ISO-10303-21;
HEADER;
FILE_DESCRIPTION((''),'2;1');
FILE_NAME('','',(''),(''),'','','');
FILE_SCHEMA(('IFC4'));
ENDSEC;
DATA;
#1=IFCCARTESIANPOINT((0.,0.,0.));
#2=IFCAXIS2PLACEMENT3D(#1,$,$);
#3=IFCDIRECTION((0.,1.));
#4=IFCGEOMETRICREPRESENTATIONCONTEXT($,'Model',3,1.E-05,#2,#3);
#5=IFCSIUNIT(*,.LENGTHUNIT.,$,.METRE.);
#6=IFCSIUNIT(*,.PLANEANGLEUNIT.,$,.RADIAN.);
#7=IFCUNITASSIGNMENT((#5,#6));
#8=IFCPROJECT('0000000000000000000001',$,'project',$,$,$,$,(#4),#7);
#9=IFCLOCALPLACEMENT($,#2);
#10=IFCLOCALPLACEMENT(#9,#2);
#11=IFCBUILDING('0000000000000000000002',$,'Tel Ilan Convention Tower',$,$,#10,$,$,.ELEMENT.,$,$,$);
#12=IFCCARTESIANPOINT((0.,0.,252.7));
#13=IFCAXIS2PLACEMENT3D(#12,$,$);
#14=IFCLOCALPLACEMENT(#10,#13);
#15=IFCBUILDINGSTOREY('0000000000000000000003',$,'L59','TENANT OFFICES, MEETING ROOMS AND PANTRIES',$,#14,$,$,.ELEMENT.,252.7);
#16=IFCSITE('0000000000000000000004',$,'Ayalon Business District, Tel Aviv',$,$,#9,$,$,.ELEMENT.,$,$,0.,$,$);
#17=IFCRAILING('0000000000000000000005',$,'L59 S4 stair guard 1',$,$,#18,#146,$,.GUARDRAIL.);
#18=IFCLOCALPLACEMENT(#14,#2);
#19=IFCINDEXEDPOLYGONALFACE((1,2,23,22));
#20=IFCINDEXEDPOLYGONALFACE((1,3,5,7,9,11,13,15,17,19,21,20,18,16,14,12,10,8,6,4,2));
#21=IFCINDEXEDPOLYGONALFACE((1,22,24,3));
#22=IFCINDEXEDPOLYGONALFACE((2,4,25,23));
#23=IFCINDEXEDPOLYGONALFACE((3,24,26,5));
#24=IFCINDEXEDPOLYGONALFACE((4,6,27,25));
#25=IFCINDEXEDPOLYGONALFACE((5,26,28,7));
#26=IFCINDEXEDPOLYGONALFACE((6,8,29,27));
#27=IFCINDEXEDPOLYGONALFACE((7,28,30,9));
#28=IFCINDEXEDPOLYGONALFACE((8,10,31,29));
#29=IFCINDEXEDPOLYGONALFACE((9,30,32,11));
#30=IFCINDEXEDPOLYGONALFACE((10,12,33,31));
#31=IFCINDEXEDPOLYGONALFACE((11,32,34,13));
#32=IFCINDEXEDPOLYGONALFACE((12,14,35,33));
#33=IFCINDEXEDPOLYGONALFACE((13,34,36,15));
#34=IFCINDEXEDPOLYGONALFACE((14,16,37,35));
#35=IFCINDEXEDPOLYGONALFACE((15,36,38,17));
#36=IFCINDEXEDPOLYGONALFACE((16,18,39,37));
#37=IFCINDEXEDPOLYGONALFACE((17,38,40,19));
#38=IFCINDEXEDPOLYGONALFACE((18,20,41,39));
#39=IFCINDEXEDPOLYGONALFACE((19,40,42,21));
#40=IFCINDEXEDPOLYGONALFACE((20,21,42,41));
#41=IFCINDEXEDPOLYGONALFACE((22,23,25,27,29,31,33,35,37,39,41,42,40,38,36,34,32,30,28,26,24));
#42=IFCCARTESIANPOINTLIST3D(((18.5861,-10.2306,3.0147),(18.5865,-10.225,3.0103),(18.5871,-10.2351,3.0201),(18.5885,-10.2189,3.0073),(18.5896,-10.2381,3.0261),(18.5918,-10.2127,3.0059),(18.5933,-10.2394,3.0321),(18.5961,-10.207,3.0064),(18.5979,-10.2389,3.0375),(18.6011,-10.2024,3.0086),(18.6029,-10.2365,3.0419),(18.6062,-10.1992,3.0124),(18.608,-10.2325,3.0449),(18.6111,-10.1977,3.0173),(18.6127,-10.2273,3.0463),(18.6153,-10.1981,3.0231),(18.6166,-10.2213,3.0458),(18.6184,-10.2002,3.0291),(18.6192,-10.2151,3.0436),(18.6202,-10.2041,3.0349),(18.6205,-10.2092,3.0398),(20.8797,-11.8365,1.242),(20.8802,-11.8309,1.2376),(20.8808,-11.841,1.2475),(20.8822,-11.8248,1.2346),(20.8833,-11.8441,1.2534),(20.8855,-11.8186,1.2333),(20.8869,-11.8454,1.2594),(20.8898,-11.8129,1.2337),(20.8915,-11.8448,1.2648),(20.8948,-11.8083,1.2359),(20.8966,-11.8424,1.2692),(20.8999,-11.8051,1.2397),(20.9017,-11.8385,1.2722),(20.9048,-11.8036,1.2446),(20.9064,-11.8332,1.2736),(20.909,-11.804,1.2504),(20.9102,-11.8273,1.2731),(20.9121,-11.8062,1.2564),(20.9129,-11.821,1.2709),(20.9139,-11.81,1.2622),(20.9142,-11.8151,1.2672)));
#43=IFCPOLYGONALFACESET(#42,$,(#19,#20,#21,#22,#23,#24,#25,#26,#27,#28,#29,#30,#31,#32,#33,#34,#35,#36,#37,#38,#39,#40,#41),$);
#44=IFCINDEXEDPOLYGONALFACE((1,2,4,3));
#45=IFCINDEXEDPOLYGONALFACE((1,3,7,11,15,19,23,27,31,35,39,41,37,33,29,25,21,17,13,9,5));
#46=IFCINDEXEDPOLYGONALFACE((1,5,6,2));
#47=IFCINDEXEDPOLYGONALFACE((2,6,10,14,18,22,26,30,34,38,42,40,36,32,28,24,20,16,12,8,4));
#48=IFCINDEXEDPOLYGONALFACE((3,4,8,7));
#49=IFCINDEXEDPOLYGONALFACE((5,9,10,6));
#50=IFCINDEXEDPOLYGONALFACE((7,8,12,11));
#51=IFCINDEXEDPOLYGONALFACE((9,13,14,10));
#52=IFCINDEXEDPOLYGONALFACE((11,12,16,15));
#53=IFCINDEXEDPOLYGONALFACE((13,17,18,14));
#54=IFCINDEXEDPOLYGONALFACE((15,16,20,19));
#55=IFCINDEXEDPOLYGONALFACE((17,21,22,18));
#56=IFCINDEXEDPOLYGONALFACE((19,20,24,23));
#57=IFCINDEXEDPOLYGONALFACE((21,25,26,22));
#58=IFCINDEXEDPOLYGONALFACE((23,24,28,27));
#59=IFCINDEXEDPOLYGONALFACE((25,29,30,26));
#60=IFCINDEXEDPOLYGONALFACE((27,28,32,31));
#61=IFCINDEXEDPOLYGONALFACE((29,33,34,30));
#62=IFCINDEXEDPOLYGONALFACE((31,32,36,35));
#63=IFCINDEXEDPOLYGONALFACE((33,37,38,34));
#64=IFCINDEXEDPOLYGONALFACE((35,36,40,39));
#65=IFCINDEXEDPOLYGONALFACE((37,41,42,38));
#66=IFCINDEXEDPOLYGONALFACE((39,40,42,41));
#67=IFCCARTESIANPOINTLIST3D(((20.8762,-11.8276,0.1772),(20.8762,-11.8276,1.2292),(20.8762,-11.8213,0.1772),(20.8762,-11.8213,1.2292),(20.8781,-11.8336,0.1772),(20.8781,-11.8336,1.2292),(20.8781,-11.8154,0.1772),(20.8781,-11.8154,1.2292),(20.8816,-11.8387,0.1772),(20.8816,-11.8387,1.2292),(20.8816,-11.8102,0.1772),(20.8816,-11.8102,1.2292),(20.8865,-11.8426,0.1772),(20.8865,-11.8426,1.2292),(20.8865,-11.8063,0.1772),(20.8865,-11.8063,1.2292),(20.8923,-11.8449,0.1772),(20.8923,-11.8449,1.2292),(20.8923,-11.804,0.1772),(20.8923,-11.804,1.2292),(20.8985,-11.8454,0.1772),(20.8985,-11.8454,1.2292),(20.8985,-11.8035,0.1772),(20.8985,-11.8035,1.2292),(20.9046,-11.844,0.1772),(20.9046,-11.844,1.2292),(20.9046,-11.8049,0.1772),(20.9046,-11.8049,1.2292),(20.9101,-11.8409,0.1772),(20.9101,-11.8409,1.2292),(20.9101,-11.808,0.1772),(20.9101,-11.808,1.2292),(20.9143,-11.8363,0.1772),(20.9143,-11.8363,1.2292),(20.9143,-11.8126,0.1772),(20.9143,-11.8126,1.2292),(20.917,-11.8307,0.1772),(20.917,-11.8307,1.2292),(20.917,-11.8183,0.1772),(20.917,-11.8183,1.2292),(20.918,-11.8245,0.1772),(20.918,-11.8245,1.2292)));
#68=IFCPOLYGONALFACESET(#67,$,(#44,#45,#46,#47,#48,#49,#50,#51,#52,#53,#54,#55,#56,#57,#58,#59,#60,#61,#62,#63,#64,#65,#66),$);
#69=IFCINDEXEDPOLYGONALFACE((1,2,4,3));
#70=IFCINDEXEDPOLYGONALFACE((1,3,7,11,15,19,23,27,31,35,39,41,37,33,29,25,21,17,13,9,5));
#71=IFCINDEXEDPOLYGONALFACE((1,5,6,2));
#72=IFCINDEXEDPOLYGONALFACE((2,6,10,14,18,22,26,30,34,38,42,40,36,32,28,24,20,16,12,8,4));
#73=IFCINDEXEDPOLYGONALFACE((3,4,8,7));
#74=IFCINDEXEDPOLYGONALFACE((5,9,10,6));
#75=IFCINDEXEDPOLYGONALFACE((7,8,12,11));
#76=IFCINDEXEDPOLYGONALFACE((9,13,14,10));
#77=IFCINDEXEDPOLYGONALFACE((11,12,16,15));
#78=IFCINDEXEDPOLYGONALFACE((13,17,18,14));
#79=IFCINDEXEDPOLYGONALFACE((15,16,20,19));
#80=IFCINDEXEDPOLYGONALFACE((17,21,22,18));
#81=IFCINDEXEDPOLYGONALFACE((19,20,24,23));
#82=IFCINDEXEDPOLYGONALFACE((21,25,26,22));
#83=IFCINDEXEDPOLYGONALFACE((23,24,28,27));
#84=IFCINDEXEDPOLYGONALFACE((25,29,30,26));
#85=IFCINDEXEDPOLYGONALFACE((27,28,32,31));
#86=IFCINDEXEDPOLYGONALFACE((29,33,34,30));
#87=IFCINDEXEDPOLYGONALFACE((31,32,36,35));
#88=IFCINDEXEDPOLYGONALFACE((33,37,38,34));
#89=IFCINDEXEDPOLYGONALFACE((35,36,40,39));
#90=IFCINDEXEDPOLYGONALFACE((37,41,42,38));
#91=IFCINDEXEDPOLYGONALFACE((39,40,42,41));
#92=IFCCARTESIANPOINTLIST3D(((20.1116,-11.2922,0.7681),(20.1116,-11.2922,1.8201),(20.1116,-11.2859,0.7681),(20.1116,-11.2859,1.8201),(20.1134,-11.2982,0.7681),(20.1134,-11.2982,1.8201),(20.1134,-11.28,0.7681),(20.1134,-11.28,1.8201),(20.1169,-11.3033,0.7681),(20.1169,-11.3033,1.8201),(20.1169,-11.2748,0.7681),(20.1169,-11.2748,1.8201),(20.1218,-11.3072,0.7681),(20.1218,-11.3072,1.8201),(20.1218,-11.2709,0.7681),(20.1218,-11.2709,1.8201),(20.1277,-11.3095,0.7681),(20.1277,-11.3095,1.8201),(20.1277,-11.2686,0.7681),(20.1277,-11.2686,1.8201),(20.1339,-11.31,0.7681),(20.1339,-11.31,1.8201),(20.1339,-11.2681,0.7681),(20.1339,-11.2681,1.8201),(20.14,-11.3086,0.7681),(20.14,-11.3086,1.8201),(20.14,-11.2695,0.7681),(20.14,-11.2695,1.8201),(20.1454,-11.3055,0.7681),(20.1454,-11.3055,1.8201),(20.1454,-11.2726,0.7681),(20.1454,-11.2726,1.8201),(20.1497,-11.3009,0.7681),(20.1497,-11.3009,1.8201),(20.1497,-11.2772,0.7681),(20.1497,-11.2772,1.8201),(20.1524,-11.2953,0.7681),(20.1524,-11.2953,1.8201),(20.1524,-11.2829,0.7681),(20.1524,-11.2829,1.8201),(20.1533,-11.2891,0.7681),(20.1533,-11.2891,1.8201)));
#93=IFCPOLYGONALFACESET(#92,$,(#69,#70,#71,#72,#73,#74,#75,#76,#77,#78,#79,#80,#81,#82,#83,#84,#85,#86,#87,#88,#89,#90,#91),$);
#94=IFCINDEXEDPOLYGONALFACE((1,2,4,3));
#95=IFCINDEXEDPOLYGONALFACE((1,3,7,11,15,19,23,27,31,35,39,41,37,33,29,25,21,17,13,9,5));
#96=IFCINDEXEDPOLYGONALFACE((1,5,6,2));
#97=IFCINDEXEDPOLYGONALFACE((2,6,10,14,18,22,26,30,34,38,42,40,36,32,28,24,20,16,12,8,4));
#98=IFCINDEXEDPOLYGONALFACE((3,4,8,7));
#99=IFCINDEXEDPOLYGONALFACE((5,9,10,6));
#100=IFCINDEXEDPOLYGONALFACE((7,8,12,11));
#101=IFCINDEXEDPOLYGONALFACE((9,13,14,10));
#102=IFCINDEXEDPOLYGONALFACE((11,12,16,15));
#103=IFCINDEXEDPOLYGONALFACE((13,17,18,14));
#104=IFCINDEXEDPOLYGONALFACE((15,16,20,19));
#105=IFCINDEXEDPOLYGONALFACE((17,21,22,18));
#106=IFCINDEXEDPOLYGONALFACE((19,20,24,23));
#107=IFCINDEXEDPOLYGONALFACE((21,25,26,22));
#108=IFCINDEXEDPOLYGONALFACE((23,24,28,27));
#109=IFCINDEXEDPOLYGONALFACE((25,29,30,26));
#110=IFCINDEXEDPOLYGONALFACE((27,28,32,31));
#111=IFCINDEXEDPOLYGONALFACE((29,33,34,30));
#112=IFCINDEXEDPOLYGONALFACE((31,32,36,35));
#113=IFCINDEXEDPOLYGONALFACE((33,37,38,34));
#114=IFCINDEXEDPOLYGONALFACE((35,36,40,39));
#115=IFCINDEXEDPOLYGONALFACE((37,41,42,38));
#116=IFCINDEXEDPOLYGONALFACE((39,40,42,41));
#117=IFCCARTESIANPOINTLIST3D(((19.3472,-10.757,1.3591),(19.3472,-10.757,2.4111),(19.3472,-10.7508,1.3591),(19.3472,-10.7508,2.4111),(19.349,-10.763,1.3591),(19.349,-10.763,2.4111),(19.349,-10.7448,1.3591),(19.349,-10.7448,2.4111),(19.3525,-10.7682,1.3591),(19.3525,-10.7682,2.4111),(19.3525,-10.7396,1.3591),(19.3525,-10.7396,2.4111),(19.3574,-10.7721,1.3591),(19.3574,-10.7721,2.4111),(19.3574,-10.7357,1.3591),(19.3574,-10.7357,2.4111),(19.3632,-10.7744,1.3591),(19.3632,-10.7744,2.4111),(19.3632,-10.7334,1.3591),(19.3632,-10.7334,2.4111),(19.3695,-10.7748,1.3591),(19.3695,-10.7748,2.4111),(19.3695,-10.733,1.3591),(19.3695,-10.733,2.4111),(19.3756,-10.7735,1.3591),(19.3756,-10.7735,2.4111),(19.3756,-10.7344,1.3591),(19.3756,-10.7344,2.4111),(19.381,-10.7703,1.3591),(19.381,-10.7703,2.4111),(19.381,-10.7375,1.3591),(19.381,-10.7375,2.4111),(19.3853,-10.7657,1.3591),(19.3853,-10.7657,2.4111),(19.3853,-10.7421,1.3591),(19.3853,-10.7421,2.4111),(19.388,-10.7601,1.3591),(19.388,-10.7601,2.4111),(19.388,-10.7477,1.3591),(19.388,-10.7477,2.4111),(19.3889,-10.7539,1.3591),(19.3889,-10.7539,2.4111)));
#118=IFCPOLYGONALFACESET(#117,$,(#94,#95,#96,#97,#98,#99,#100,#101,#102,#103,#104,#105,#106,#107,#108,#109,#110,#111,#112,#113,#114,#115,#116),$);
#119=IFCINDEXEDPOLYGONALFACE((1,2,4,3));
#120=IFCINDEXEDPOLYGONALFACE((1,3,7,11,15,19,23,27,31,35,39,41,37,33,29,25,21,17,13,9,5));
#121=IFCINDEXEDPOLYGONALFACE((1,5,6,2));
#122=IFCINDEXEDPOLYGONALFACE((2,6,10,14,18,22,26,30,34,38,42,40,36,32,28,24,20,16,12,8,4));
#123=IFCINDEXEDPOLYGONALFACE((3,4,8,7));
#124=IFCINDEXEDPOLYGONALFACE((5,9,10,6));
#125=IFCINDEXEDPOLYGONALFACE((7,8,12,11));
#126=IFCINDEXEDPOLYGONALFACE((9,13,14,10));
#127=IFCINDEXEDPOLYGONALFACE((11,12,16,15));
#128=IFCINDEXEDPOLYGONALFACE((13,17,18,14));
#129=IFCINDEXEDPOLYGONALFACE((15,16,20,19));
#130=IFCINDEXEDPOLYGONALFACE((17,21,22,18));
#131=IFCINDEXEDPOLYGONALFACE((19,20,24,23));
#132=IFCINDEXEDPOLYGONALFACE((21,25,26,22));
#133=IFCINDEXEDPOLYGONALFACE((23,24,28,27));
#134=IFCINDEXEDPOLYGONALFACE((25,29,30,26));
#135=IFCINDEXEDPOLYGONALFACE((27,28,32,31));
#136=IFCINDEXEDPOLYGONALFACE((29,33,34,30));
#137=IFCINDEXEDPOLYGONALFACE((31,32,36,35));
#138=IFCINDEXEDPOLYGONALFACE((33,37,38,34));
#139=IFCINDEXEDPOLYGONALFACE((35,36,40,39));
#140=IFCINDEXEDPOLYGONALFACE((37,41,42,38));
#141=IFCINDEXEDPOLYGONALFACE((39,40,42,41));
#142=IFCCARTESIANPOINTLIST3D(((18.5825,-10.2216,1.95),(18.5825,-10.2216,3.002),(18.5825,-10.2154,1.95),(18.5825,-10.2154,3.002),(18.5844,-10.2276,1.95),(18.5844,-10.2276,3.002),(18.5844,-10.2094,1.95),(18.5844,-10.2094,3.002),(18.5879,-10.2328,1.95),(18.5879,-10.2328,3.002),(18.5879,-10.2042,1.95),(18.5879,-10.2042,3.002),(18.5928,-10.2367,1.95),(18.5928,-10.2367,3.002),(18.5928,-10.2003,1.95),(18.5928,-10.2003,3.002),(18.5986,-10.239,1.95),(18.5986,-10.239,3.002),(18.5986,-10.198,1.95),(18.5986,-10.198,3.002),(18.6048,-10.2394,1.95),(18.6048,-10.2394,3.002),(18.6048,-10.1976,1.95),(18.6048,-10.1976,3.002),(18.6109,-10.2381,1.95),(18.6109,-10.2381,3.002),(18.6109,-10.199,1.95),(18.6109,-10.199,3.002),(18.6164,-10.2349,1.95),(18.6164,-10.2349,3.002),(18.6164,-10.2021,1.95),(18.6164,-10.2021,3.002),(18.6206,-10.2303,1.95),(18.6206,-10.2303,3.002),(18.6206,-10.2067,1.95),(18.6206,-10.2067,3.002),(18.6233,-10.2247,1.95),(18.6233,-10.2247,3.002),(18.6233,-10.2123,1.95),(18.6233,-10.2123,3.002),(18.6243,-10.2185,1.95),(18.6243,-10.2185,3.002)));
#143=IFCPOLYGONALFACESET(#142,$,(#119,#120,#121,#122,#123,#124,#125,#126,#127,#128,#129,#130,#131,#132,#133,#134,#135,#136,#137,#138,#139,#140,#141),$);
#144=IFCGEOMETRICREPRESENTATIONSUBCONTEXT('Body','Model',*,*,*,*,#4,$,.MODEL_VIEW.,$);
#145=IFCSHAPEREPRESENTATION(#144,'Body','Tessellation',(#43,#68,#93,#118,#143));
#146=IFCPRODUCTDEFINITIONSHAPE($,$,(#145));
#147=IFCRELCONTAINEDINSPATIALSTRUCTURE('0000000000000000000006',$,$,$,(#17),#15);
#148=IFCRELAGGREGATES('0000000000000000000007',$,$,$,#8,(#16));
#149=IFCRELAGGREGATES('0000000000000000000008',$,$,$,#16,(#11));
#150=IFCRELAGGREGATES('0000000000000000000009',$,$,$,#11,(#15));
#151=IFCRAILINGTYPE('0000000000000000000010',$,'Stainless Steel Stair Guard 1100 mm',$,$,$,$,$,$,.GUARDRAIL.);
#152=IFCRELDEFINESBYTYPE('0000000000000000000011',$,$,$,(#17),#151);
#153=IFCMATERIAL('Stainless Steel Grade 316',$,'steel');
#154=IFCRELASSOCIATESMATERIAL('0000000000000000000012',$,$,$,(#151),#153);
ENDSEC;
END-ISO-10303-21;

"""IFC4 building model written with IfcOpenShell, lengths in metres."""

from ifc_helpers import new_model, si_unit, direction, frame, origin, origin_2d, place, context, subcontext, project, spatial, circle, extrude, material, type_object, element, save


model = new_model("IFC4")

# Units and contexts
model_context = context("Model", 3, precision=1e-05, world=origin(), true_north=direction((0.0, 1.0)))
body_context = subcontext(model_context, "Body", "Model", "MODEL_VIEW")
ifc_project = project(units=[si_unit("LENGTHUNIT", "METRE"), si_unit("PLANEANGLEUNIT", "RADIAN")], contexts=[model_context])

# Site, building, storey
site_placement = place(None, origin())
site = spatial("IfcSite", under=ifc_project, at=site_placement, Name="Ayalon Business District, Tel Aviv", CompositionType="ELEMENT", RefElevation=0.0)
building_placement = place(site_placement, origin())
building = spatial("IfcBuilding", under=site, at=building_placement, Name="Tel Ilan Convention Tower", CompositionType="ELEMENT")
storey_placement = place(building_placement, frame((0.0, 0.0, 252.7)))
storey = spatial("IfcBuildingStorey", under=building, at=storey_placement, Name="L59", Description="TENANT OFFICES, MEETING ROOMS AND PANTRIES", CompositionType="ELEMENT", Elevation=252.7)

# Railing
ifc_material_1 = material(Name="Stainless Steel Grade 316", Category="steel")
railing_type_1 = type_object("IfcRailingType", Name="Stainless Steel Stair Guard 1100 mm", PredefinedType="GUARDRAIL", material=ifc_material_1)
railing_1_placement = place(storey_placement, frame((20.897, -11.8245, 0.1772)))
element("IfcRailing", 1, at=railing_1_placement, inside=storey, type_object=railing_type_1, Name="L59 S4 stair guard 1", PredefinedType="GUARDRAIL", context=body_context, shape_type="SweptSolid", body=[
    extrude(circle(Radius=0.0239, at=origin_2d()), frame((0.0, 0.0, 1.0762), z_axis=(-0.692123, 0.484597, 0.534913), x_axis=(-0.57355, -0.81917, 0.0)), (0.0, 0.0, 1.0), 3.314),
    extrude(circle(Radius=0.021, at=origin_2d()), origin(), (0.0, 0.0, 1.0), 1.052),
    extrude(circle(Radius=0.021, at=origin_2d()), frame((-0.7646, 0.5354, 0.5908)), (0.0, 0.0, 1.0), 1.052),
    extrude(circle(Radius=0.021, at=origin_2d()), frame((-1.5291, 1.0706, 1.1819)), (0.0, 0.0, 1.0), 1.052),
    extrude(circle(Radius=0.021, at=origin_2d()), frame((-2.2937, 1.606, 1.7727)), (0.0, 0.0, 1.0), 1.052),
])

save(model, "model.ifc")
